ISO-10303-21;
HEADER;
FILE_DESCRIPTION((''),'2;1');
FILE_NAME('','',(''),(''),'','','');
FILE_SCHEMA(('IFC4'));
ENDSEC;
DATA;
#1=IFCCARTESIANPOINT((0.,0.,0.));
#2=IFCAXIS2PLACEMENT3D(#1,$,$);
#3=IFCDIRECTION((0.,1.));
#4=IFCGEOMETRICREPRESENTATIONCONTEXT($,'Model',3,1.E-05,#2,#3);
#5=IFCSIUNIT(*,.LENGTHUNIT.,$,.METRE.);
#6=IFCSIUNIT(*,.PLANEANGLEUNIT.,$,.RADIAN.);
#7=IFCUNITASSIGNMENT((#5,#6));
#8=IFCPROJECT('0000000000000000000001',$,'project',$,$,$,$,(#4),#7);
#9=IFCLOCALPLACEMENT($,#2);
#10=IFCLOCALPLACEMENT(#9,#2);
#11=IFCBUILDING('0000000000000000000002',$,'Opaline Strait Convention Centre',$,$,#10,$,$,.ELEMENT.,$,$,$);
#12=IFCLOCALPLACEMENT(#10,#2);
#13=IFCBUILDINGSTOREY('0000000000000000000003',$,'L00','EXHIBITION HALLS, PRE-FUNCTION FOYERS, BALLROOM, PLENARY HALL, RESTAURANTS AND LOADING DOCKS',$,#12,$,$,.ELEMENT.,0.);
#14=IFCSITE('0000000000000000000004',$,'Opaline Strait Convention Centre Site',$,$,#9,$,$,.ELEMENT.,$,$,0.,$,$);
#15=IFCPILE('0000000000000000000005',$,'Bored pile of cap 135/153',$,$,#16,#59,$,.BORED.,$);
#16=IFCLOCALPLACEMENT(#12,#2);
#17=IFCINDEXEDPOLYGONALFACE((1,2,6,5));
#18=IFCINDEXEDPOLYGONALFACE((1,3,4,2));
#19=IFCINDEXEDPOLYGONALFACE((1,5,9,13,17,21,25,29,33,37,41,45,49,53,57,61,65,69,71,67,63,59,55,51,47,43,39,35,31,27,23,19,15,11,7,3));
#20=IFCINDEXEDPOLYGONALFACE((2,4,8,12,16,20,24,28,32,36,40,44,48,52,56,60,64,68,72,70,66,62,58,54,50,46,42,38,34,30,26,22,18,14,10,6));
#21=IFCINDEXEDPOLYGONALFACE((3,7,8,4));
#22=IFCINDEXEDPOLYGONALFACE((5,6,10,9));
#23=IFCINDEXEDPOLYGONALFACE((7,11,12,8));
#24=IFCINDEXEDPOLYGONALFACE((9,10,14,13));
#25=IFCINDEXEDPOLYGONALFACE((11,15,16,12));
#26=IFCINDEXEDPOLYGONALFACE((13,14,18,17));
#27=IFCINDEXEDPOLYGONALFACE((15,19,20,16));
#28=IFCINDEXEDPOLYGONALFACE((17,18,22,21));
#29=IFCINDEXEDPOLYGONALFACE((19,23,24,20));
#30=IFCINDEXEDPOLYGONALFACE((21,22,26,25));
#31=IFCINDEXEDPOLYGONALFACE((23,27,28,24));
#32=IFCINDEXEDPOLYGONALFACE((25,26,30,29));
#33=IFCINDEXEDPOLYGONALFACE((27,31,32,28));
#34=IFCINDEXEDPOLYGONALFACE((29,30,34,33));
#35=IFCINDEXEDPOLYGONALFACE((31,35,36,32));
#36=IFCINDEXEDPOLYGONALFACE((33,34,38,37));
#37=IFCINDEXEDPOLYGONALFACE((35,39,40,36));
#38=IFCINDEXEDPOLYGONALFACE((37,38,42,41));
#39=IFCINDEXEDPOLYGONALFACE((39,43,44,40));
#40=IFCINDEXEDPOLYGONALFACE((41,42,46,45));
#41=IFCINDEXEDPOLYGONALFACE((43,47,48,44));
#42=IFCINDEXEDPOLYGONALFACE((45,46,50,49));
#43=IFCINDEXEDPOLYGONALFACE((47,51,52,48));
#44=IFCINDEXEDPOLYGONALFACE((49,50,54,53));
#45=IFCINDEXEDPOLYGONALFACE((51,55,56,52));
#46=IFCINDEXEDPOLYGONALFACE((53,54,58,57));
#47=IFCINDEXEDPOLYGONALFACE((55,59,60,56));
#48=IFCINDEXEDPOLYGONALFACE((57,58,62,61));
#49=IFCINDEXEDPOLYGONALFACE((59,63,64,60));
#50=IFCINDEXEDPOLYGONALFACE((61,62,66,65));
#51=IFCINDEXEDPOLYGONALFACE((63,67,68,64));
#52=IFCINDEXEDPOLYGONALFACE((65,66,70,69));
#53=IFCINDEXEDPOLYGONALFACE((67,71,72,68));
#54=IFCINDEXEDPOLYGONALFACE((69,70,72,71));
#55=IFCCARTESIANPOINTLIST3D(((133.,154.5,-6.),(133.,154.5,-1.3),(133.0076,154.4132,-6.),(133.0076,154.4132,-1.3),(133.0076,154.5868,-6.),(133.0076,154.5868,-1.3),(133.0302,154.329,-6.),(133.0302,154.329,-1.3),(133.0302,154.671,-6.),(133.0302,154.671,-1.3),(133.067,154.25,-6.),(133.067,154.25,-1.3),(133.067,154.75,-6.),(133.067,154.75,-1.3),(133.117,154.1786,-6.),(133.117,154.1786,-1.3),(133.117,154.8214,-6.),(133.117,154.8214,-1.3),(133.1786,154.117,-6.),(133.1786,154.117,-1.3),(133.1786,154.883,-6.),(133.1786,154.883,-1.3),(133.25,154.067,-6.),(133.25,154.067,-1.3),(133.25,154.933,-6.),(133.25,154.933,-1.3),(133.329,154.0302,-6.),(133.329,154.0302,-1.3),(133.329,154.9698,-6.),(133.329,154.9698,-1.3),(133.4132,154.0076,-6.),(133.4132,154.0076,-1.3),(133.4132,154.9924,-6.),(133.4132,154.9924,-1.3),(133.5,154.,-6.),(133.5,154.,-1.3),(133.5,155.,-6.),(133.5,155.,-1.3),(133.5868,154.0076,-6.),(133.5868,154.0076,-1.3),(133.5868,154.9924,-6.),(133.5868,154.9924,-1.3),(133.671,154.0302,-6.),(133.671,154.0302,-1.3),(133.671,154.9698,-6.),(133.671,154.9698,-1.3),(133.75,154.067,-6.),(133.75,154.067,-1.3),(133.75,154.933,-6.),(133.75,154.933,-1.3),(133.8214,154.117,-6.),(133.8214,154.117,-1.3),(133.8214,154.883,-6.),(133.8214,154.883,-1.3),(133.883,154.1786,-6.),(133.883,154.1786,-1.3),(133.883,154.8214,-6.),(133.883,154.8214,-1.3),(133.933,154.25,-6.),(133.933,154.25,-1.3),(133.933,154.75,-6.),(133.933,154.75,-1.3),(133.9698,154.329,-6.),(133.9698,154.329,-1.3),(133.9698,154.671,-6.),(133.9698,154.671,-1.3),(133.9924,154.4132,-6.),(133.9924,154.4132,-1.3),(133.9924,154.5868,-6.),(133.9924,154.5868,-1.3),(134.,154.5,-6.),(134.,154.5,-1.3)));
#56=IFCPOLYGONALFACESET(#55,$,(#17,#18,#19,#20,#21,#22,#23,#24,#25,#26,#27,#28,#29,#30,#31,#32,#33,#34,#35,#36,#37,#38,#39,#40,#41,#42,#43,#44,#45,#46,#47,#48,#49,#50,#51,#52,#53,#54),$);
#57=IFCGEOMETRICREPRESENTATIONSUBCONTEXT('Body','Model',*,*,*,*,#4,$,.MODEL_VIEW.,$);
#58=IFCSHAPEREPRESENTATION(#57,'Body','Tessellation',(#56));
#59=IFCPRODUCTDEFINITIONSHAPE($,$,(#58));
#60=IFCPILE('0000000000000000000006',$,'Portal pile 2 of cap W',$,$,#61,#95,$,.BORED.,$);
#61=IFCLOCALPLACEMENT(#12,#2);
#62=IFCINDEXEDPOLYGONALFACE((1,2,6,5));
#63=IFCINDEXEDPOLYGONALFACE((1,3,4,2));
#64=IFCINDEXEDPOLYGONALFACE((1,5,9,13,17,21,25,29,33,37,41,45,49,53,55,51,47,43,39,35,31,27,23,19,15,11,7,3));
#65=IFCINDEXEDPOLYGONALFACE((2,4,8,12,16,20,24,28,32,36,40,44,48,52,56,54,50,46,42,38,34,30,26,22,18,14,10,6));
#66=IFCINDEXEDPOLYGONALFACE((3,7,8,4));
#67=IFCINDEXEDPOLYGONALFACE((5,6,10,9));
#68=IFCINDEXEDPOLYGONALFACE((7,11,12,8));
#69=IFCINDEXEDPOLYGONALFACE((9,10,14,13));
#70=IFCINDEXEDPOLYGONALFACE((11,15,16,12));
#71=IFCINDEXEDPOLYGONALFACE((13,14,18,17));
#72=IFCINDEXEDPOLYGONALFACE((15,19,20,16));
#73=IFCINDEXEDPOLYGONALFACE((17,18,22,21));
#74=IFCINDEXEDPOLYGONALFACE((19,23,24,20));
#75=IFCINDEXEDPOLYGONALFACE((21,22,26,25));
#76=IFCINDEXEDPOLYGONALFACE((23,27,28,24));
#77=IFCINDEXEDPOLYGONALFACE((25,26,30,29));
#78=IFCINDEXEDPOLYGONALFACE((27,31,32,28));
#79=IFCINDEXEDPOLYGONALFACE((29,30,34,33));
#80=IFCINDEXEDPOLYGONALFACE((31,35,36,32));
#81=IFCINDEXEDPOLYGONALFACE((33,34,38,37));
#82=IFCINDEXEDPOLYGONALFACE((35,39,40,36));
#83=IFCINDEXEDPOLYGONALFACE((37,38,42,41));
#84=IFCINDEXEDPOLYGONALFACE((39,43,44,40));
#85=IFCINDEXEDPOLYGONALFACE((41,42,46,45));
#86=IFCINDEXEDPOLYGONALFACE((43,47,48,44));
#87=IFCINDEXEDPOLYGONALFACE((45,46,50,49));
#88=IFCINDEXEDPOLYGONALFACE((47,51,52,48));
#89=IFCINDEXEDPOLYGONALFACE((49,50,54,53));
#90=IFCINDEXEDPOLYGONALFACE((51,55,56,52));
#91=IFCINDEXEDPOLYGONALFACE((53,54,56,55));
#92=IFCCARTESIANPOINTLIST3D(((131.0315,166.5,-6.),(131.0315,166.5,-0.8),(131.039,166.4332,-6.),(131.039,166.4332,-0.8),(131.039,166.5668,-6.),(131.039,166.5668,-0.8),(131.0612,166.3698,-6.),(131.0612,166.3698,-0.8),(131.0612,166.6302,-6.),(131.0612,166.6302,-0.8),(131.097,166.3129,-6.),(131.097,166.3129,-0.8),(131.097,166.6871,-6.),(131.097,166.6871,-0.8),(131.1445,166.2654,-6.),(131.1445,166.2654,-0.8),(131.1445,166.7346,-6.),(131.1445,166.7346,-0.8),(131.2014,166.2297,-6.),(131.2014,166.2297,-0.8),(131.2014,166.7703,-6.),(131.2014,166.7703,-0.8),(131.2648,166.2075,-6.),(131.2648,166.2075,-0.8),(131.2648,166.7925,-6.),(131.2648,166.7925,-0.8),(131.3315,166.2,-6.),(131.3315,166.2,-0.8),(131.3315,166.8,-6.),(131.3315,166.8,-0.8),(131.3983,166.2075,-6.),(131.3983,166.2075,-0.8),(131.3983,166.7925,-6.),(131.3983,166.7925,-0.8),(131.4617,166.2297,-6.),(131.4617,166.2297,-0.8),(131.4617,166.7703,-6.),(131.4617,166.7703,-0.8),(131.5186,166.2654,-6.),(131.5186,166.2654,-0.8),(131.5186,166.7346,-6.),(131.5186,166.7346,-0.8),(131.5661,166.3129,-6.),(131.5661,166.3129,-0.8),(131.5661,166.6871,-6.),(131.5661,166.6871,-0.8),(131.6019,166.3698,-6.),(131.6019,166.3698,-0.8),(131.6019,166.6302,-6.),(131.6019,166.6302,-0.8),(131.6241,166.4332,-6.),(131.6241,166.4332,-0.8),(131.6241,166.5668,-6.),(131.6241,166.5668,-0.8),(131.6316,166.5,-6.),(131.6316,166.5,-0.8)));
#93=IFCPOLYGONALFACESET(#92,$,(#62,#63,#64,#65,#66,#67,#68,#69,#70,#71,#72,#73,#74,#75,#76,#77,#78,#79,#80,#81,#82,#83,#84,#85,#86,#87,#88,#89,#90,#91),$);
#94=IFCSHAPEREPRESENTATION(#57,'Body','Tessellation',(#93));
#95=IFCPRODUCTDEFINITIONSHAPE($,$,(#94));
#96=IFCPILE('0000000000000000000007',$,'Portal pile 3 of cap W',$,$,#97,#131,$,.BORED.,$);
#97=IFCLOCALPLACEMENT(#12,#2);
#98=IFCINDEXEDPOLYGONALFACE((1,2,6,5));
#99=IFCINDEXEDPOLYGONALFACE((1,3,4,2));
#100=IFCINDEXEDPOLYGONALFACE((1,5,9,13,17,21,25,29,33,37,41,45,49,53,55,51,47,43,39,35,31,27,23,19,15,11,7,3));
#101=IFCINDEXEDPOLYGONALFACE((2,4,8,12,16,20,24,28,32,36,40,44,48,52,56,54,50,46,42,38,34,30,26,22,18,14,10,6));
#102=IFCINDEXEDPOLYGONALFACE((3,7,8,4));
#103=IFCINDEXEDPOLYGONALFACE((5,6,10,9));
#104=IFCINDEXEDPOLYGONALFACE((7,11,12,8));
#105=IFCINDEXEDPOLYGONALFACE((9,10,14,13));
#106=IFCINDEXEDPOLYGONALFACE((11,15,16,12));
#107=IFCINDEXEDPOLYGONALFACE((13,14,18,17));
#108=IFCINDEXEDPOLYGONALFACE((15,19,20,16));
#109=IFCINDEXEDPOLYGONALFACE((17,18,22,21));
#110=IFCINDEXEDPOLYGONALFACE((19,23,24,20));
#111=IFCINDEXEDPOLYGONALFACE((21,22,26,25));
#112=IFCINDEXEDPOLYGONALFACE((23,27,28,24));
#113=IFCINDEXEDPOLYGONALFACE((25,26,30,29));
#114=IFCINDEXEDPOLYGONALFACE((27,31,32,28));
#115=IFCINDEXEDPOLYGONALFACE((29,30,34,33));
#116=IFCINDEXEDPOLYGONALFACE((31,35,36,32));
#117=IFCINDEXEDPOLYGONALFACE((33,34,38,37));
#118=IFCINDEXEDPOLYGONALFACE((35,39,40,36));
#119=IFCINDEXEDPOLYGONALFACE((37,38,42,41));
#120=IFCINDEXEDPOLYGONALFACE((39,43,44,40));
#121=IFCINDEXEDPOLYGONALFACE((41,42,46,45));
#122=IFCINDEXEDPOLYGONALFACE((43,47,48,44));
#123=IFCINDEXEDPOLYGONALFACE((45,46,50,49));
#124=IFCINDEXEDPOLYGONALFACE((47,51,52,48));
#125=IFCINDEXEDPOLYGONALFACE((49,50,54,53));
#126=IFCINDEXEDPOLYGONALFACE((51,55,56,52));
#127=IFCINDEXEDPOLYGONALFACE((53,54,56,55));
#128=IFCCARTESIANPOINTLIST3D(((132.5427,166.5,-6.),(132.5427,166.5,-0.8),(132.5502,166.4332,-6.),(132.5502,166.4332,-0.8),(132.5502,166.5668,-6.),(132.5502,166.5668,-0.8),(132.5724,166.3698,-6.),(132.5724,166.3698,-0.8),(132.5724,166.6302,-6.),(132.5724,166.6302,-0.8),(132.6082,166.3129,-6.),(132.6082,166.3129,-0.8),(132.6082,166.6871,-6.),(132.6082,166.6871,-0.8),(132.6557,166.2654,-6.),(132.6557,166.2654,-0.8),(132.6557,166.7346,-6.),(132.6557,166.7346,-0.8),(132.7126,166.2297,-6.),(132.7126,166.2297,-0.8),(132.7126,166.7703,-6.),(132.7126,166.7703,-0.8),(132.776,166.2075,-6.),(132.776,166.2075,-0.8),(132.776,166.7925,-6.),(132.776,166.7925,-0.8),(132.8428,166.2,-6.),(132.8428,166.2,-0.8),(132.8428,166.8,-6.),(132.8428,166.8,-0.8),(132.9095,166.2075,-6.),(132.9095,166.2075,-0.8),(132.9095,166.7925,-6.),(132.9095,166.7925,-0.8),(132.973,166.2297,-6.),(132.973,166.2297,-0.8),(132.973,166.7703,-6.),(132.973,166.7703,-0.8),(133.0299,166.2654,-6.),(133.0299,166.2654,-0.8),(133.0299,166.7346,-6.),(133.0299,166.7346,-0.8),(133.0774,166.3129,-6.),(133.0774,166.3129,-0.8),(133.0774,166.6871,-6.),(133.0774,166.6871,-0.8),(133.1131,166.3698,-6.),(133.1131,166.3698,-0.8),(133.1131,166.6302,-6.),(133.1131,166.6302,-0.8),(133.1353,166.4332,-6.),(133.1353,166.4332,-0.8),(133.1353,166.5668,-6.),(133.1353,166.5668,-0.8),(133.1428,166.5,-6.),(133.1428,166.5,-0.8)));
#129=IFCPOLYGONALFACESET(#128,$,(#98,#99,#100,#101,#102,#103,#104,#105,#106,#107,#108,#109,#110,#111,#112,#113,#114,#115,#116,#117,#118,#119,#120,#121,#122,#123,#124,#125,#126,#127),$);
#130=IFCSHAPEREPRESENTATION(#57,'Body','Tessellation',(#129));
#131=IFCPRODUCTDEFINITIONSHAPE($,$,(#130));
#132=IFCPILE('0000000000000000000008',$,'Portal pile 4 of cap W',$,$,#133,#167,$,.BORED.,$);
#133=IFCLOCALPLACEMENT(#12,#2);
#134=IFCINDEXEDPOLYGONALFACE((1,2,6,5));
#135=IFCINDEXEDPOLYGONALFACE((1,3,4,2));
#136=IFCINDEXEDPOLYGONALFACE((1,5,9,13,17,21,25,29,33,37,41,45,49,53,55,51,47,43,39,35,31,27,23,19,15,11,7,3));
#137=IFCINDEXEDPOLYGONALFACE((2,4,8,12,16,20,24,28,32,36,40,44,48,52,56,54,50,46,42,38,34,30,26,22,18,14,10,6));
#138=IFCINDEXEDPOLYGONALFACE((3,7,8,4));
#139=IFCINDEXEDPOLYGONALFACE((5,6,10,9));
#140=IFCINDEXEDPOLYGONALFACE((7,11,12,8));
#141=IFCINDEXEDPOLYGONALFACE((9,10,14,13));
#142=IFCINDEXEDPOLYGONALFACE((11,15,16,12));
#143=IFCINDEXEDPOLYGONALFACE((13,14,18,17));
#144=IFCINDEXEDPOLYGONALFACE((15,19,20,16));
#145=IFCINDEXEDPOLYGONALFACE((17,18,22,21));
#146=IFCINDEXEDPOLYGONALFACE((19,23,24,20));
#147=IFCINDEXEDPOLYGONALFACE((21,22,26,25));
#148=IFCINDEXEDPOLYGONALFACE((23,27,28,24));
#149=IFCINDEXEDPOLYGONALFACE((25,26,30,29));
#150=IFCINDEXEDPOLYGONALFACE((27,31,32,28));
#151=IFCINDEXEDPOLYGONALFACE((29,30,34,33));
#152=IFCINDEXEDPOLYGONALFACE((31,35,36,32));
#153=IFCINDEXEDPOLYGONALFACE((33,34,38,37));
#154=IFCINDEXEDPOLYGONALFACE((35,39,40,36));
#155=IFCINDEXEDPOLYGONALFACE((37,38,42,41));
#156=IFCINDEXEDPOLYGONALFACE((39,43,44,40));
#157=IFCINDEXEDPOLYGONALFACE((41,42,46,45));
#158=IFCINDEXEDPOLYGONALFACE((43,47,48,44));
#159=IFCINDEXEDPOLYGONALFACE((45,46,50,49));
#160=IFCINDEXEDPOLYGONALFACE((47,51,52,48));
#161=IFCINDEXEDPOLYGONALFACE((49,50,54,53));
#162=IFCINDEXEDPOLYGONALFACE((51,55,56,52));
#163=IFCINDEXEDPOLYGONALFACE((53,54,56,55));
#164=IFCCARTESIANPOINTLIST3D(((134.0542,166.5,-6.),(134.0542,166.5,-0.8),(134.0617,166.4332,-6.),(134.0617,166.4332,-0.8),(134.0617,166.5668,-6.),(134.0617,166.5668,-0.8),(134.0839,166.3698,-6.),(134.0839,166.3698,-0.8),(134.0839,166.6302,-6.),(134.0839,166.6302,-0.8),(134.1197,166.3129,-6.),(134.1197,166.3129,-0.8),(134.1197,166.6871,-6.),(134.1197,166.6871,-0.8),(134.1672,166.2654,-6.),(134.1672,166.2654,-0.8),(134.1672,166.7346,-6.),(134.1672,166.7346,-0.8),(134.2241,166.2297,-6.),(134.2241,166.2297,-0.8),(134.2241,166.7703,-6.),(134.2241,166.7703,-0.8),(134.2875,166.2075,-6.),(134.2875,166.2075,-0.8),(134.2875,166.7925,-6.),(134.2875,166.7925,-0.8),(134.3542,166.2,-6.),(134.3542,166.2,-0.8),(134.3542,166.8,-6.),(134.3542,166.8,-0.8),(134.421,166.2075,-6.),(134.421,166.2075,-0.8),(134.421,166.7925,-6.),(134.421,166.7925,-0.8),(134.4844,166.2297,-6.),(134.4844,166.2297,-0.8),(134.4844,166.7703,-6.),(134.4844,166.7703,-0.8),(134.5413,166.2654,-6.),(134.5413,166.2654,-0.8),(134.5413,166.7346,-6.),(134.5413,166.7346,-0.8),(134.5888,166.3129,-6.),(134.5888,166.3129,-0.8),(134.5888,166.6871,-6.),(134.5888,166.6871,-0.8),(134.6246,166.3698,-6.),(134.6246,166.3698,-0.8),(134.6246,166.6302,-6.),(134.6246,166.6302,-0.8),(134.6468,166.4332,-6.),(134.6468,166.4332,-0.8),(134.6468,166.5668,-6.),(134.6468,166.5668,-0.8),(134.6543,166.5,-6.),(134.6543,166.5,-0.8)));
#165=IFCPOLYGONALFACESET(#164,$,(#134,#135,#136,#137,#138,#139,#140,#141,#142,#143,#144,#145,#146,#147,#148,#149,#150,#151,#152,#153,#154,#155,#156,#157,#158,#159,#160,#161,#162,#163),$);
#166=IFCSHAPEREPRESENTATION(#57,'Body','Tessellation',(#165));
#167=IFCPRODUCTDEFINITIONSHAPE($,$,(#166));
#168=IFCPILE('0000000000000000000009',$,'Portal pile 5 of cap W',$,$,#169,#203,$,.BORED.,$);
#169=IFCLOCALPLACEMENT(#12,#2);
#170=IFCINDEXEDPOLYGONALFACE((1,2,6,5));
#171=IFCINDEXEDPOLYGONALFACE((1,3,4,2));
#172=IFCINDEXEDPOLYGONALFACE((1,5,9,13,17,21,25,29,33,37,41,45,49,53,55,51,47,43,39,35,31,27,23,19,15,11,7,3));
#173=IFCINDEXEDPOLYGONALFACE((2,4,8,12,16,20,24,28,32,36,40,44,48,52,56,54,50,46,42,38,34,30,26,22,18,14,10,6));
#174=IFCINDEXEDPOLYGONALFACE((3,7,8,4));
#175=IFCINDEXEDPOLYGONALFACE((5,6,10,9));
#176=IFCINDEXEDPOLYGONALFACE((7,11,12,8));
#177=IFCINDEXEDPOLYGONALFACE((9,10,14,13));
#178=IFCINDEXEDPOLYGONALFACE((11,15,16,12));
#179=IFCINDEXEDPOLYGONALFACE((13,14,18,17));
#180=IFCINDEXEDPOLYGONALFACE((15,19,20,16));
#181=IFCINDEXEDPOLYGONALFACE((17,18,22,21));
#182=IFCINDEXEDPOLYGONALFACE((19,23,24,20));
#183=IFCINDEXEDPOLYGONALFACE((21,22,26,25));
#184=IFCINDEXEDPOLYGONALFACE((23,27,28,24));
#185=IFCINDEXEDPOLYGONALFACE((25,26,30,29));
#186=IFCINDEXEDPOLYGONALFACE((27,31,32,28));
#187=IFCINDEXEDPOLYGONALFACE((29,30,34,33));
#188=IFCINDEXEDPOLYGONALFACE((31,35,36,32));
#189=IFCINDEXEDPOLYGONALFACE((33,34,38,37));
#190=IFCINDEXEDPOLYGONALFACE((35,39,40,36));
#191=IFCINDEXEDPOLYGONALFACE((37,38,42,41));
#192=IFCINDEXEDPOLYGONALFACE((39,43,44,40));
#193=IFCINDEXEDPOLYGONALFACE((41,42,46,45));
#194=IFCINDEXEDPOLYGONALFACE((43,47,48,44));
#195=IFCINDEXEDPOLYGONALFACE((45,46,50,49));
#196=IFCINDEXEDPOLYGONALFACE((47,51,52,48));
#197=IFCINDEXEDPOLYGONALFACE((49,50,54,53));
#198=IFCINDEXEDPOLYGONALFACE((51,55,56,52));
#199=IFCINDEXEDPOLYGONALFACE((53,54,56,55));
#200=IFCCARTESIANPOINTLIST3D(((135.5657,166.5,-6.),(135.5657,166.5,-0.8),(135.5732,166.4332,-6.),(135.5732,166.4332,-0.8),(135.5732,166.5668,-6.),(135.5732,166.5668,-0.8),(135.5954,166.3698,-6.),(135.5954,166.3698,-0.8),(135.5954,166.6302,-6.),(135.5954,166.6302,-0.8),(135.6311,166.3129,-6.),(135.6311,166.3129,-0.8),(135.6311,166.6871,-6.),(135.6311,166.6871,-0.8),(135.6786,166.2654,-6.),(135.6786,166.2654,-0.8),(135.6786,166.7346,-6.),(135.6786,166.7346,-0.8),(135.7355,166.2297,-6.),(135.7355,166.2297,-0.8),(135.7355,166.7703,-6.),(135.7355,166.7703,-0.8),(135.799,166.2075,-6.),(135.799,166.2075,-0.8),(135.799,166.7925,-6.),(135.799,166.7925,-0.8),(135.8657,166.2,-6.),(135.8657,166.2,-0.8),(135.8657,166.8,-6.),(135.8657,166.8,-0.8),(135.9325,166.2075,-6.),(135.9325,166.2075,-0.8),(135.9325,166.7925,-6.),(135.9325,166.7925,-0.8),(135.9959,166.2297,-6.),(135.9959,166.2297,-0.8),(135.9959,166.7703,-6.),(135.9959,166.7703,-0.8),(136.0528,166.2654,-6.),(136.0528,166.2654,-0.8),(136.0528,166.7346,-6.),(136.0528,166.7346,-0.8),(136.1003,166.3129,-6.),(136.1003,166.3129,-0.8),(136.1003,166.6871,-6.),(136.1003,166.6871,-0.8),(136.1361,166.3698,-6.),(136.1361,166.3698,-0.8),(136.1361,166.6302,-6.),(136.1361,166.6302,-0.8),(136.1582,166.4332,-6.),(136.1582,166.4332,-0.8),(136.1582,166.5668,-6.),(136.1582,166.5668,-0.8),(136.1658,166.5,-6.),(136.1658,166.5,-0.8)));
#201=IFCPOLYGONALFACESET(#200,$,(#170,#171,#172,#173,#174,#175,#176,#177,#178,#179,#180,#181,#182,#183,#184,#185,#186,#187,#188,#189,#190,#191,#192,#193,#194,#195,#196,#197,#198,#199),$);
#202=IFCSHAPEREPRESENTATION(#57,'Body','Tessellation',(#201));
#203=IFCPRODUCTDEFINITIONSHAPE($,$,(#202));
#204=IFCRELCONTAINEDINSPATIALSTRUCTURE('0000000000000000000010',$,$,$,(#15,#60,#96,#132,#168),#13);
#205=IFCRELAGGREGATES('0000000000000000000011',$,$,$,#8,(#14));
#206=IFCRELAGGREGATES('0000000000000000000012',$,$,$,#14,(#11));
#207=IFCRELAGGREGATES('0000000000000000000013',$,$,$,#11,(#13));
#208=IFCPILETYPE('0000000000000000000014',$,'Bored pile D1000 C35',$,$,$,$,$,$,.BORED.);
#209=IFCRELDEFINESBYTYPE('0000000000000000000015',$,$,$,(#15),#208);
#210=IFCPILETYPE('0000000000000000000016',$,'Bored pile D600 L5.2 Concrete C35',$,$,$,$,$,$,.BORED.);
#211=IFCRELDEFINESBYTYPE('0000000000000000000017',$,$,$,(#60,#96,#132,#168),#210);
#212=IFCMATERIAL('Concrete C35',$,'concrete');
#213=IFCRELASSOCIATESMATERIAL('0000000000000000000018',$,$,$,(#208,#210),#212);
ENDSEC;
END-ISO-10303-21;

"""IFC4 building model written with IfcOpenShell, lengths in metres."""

from ifc_helpers import new_model, si_unit, direction, frame, origin, origin_2d, place, context, subcontext, project, spatial, circle, extrude, material, material_profile, profile_set, type_object, element, save


model = new_model("IFC4")

# Units and contexts
model_context = context("Model", 3, precision=1e-05, world=origin(), true_north=direction((0.0, 1.0)))
body_context = subcontext(model_context, "Body", "Model", "MODEL_VIEW")
ifc_project = project(units=[si_unit("LENGTHUNIT", "METRE"), si_unit("PLANEANGLEUNIT", "RADIAN")], contexts=[model_context])

# Site, building, storey
site_placement = place(None, origin())
site = spatial("IfcSite", under=ifc_project, at=site_placement, Name="Opaline Strait Convention Centre Site", CompositionType="ELEMENT", RefElevation=0.0)
building_placement = place(site_placement, origin())
building = spatial("IfcBuilding", under=site, at=building_placement, Name="Opaline Strait Convention Centre", CompositionType="ELEMENT")
storey_placement = place(building_placement, origin())
storey = spatial("IfcBuildingStorey", under=building, at=storey_placement, Name="L00", Description="EXHIBITION HALLS, PRE-FUNCTION FOYERS, BALLROOM, PLENARY HALL, RESTAURANTS AND LOADING DOCKS", CompositionType="ELEMENT", Elevation=0.0)

# Piles
ifc_material_1 = material(Name="Concrete C35", Category="concrete")
ifc_material_profile_1 = material_profile(ifc_material_1, circle(Radius=0.5, at=origin_2d()), Name="D1000")
ifc_profile_set_1 = profile_set([ifc_material_profile_1], Name="Concrete C35")
pile_type_1 = type_object("IfcPileType", Name="Bored pile D1000 C35", PredefinedType="BORED", material=ifc_profile_set_1)
pile_placement = place(storey_placement, frame((133.5, 154.5, -1.3), z_axis=(0.0, 0.0, -1.0), x_axis=(1.0, 0.0, 0.0)))
element("IfcPile", 1, at=pile_placement, inside=storey, type_object=pile_type_1, Name="Bored pile of cap 135/153", PredefinedType="BORED", context=body_context, shape_type="SweptSolid", body=[
    extrude(circle(Radius=0.5, at=origin_2d()), origin(), (0.0, 0.0, 1.0), 4.7),
])
ifc_material_profile_2 = material_profile(ifc_material_1, circle(Radius=0.3, at=origin_2d()), Name="D600")
ifc_profile_set_2 = profile_set([ifc_material_profile_2], Name="Concrete C35")
pile_type_2 = type_object("IfcPileType", Name="Bored pile D600 L5.2 Concrete C35", PredefinedType="BORED", material=ifc_profile_set_2)
for number, where, z_axis, x_axis, name in (
    (2, (131.3315, 166.5, -0.8), (0.0, 0.0, -1.0), (1.0, 0.0, 0.0), "Portal pile 2 of cap W"),
    (3, (132.8428, 166.5, -0.8), (0.0, 0.0, -1.0), (1.0, 0.0, 0.0), "Portal pile 3 of cap W"),
    (4, (134.3542, 166.5, -0.8), (0.0, 0.0, -1.0), (1.0, 0.0, 0.0), "Portal pile 4 of cap W"),
    (5, (135.8657, 166.5, -0.8), (0.0, 0.0, -1.0), (1.0, 0.0, 0.0), "Portal pile 5 of cap W"),
):
    element("IfcPile", number, at=place(storey_placement, frame(where, z_axis=z_axis, x_axis=x_axis)), inside=storey, type_object=pile_type_2, Name=name, PredefinedType="BORED", context=body_context, shape_type="SweptSolid", body=[
        extrude(circle(Radius=0.3, at=origin_2d()), origin(), (0.0, 0.0, 1.0), 5.2),
    ])

save(model, "model.ifc")
